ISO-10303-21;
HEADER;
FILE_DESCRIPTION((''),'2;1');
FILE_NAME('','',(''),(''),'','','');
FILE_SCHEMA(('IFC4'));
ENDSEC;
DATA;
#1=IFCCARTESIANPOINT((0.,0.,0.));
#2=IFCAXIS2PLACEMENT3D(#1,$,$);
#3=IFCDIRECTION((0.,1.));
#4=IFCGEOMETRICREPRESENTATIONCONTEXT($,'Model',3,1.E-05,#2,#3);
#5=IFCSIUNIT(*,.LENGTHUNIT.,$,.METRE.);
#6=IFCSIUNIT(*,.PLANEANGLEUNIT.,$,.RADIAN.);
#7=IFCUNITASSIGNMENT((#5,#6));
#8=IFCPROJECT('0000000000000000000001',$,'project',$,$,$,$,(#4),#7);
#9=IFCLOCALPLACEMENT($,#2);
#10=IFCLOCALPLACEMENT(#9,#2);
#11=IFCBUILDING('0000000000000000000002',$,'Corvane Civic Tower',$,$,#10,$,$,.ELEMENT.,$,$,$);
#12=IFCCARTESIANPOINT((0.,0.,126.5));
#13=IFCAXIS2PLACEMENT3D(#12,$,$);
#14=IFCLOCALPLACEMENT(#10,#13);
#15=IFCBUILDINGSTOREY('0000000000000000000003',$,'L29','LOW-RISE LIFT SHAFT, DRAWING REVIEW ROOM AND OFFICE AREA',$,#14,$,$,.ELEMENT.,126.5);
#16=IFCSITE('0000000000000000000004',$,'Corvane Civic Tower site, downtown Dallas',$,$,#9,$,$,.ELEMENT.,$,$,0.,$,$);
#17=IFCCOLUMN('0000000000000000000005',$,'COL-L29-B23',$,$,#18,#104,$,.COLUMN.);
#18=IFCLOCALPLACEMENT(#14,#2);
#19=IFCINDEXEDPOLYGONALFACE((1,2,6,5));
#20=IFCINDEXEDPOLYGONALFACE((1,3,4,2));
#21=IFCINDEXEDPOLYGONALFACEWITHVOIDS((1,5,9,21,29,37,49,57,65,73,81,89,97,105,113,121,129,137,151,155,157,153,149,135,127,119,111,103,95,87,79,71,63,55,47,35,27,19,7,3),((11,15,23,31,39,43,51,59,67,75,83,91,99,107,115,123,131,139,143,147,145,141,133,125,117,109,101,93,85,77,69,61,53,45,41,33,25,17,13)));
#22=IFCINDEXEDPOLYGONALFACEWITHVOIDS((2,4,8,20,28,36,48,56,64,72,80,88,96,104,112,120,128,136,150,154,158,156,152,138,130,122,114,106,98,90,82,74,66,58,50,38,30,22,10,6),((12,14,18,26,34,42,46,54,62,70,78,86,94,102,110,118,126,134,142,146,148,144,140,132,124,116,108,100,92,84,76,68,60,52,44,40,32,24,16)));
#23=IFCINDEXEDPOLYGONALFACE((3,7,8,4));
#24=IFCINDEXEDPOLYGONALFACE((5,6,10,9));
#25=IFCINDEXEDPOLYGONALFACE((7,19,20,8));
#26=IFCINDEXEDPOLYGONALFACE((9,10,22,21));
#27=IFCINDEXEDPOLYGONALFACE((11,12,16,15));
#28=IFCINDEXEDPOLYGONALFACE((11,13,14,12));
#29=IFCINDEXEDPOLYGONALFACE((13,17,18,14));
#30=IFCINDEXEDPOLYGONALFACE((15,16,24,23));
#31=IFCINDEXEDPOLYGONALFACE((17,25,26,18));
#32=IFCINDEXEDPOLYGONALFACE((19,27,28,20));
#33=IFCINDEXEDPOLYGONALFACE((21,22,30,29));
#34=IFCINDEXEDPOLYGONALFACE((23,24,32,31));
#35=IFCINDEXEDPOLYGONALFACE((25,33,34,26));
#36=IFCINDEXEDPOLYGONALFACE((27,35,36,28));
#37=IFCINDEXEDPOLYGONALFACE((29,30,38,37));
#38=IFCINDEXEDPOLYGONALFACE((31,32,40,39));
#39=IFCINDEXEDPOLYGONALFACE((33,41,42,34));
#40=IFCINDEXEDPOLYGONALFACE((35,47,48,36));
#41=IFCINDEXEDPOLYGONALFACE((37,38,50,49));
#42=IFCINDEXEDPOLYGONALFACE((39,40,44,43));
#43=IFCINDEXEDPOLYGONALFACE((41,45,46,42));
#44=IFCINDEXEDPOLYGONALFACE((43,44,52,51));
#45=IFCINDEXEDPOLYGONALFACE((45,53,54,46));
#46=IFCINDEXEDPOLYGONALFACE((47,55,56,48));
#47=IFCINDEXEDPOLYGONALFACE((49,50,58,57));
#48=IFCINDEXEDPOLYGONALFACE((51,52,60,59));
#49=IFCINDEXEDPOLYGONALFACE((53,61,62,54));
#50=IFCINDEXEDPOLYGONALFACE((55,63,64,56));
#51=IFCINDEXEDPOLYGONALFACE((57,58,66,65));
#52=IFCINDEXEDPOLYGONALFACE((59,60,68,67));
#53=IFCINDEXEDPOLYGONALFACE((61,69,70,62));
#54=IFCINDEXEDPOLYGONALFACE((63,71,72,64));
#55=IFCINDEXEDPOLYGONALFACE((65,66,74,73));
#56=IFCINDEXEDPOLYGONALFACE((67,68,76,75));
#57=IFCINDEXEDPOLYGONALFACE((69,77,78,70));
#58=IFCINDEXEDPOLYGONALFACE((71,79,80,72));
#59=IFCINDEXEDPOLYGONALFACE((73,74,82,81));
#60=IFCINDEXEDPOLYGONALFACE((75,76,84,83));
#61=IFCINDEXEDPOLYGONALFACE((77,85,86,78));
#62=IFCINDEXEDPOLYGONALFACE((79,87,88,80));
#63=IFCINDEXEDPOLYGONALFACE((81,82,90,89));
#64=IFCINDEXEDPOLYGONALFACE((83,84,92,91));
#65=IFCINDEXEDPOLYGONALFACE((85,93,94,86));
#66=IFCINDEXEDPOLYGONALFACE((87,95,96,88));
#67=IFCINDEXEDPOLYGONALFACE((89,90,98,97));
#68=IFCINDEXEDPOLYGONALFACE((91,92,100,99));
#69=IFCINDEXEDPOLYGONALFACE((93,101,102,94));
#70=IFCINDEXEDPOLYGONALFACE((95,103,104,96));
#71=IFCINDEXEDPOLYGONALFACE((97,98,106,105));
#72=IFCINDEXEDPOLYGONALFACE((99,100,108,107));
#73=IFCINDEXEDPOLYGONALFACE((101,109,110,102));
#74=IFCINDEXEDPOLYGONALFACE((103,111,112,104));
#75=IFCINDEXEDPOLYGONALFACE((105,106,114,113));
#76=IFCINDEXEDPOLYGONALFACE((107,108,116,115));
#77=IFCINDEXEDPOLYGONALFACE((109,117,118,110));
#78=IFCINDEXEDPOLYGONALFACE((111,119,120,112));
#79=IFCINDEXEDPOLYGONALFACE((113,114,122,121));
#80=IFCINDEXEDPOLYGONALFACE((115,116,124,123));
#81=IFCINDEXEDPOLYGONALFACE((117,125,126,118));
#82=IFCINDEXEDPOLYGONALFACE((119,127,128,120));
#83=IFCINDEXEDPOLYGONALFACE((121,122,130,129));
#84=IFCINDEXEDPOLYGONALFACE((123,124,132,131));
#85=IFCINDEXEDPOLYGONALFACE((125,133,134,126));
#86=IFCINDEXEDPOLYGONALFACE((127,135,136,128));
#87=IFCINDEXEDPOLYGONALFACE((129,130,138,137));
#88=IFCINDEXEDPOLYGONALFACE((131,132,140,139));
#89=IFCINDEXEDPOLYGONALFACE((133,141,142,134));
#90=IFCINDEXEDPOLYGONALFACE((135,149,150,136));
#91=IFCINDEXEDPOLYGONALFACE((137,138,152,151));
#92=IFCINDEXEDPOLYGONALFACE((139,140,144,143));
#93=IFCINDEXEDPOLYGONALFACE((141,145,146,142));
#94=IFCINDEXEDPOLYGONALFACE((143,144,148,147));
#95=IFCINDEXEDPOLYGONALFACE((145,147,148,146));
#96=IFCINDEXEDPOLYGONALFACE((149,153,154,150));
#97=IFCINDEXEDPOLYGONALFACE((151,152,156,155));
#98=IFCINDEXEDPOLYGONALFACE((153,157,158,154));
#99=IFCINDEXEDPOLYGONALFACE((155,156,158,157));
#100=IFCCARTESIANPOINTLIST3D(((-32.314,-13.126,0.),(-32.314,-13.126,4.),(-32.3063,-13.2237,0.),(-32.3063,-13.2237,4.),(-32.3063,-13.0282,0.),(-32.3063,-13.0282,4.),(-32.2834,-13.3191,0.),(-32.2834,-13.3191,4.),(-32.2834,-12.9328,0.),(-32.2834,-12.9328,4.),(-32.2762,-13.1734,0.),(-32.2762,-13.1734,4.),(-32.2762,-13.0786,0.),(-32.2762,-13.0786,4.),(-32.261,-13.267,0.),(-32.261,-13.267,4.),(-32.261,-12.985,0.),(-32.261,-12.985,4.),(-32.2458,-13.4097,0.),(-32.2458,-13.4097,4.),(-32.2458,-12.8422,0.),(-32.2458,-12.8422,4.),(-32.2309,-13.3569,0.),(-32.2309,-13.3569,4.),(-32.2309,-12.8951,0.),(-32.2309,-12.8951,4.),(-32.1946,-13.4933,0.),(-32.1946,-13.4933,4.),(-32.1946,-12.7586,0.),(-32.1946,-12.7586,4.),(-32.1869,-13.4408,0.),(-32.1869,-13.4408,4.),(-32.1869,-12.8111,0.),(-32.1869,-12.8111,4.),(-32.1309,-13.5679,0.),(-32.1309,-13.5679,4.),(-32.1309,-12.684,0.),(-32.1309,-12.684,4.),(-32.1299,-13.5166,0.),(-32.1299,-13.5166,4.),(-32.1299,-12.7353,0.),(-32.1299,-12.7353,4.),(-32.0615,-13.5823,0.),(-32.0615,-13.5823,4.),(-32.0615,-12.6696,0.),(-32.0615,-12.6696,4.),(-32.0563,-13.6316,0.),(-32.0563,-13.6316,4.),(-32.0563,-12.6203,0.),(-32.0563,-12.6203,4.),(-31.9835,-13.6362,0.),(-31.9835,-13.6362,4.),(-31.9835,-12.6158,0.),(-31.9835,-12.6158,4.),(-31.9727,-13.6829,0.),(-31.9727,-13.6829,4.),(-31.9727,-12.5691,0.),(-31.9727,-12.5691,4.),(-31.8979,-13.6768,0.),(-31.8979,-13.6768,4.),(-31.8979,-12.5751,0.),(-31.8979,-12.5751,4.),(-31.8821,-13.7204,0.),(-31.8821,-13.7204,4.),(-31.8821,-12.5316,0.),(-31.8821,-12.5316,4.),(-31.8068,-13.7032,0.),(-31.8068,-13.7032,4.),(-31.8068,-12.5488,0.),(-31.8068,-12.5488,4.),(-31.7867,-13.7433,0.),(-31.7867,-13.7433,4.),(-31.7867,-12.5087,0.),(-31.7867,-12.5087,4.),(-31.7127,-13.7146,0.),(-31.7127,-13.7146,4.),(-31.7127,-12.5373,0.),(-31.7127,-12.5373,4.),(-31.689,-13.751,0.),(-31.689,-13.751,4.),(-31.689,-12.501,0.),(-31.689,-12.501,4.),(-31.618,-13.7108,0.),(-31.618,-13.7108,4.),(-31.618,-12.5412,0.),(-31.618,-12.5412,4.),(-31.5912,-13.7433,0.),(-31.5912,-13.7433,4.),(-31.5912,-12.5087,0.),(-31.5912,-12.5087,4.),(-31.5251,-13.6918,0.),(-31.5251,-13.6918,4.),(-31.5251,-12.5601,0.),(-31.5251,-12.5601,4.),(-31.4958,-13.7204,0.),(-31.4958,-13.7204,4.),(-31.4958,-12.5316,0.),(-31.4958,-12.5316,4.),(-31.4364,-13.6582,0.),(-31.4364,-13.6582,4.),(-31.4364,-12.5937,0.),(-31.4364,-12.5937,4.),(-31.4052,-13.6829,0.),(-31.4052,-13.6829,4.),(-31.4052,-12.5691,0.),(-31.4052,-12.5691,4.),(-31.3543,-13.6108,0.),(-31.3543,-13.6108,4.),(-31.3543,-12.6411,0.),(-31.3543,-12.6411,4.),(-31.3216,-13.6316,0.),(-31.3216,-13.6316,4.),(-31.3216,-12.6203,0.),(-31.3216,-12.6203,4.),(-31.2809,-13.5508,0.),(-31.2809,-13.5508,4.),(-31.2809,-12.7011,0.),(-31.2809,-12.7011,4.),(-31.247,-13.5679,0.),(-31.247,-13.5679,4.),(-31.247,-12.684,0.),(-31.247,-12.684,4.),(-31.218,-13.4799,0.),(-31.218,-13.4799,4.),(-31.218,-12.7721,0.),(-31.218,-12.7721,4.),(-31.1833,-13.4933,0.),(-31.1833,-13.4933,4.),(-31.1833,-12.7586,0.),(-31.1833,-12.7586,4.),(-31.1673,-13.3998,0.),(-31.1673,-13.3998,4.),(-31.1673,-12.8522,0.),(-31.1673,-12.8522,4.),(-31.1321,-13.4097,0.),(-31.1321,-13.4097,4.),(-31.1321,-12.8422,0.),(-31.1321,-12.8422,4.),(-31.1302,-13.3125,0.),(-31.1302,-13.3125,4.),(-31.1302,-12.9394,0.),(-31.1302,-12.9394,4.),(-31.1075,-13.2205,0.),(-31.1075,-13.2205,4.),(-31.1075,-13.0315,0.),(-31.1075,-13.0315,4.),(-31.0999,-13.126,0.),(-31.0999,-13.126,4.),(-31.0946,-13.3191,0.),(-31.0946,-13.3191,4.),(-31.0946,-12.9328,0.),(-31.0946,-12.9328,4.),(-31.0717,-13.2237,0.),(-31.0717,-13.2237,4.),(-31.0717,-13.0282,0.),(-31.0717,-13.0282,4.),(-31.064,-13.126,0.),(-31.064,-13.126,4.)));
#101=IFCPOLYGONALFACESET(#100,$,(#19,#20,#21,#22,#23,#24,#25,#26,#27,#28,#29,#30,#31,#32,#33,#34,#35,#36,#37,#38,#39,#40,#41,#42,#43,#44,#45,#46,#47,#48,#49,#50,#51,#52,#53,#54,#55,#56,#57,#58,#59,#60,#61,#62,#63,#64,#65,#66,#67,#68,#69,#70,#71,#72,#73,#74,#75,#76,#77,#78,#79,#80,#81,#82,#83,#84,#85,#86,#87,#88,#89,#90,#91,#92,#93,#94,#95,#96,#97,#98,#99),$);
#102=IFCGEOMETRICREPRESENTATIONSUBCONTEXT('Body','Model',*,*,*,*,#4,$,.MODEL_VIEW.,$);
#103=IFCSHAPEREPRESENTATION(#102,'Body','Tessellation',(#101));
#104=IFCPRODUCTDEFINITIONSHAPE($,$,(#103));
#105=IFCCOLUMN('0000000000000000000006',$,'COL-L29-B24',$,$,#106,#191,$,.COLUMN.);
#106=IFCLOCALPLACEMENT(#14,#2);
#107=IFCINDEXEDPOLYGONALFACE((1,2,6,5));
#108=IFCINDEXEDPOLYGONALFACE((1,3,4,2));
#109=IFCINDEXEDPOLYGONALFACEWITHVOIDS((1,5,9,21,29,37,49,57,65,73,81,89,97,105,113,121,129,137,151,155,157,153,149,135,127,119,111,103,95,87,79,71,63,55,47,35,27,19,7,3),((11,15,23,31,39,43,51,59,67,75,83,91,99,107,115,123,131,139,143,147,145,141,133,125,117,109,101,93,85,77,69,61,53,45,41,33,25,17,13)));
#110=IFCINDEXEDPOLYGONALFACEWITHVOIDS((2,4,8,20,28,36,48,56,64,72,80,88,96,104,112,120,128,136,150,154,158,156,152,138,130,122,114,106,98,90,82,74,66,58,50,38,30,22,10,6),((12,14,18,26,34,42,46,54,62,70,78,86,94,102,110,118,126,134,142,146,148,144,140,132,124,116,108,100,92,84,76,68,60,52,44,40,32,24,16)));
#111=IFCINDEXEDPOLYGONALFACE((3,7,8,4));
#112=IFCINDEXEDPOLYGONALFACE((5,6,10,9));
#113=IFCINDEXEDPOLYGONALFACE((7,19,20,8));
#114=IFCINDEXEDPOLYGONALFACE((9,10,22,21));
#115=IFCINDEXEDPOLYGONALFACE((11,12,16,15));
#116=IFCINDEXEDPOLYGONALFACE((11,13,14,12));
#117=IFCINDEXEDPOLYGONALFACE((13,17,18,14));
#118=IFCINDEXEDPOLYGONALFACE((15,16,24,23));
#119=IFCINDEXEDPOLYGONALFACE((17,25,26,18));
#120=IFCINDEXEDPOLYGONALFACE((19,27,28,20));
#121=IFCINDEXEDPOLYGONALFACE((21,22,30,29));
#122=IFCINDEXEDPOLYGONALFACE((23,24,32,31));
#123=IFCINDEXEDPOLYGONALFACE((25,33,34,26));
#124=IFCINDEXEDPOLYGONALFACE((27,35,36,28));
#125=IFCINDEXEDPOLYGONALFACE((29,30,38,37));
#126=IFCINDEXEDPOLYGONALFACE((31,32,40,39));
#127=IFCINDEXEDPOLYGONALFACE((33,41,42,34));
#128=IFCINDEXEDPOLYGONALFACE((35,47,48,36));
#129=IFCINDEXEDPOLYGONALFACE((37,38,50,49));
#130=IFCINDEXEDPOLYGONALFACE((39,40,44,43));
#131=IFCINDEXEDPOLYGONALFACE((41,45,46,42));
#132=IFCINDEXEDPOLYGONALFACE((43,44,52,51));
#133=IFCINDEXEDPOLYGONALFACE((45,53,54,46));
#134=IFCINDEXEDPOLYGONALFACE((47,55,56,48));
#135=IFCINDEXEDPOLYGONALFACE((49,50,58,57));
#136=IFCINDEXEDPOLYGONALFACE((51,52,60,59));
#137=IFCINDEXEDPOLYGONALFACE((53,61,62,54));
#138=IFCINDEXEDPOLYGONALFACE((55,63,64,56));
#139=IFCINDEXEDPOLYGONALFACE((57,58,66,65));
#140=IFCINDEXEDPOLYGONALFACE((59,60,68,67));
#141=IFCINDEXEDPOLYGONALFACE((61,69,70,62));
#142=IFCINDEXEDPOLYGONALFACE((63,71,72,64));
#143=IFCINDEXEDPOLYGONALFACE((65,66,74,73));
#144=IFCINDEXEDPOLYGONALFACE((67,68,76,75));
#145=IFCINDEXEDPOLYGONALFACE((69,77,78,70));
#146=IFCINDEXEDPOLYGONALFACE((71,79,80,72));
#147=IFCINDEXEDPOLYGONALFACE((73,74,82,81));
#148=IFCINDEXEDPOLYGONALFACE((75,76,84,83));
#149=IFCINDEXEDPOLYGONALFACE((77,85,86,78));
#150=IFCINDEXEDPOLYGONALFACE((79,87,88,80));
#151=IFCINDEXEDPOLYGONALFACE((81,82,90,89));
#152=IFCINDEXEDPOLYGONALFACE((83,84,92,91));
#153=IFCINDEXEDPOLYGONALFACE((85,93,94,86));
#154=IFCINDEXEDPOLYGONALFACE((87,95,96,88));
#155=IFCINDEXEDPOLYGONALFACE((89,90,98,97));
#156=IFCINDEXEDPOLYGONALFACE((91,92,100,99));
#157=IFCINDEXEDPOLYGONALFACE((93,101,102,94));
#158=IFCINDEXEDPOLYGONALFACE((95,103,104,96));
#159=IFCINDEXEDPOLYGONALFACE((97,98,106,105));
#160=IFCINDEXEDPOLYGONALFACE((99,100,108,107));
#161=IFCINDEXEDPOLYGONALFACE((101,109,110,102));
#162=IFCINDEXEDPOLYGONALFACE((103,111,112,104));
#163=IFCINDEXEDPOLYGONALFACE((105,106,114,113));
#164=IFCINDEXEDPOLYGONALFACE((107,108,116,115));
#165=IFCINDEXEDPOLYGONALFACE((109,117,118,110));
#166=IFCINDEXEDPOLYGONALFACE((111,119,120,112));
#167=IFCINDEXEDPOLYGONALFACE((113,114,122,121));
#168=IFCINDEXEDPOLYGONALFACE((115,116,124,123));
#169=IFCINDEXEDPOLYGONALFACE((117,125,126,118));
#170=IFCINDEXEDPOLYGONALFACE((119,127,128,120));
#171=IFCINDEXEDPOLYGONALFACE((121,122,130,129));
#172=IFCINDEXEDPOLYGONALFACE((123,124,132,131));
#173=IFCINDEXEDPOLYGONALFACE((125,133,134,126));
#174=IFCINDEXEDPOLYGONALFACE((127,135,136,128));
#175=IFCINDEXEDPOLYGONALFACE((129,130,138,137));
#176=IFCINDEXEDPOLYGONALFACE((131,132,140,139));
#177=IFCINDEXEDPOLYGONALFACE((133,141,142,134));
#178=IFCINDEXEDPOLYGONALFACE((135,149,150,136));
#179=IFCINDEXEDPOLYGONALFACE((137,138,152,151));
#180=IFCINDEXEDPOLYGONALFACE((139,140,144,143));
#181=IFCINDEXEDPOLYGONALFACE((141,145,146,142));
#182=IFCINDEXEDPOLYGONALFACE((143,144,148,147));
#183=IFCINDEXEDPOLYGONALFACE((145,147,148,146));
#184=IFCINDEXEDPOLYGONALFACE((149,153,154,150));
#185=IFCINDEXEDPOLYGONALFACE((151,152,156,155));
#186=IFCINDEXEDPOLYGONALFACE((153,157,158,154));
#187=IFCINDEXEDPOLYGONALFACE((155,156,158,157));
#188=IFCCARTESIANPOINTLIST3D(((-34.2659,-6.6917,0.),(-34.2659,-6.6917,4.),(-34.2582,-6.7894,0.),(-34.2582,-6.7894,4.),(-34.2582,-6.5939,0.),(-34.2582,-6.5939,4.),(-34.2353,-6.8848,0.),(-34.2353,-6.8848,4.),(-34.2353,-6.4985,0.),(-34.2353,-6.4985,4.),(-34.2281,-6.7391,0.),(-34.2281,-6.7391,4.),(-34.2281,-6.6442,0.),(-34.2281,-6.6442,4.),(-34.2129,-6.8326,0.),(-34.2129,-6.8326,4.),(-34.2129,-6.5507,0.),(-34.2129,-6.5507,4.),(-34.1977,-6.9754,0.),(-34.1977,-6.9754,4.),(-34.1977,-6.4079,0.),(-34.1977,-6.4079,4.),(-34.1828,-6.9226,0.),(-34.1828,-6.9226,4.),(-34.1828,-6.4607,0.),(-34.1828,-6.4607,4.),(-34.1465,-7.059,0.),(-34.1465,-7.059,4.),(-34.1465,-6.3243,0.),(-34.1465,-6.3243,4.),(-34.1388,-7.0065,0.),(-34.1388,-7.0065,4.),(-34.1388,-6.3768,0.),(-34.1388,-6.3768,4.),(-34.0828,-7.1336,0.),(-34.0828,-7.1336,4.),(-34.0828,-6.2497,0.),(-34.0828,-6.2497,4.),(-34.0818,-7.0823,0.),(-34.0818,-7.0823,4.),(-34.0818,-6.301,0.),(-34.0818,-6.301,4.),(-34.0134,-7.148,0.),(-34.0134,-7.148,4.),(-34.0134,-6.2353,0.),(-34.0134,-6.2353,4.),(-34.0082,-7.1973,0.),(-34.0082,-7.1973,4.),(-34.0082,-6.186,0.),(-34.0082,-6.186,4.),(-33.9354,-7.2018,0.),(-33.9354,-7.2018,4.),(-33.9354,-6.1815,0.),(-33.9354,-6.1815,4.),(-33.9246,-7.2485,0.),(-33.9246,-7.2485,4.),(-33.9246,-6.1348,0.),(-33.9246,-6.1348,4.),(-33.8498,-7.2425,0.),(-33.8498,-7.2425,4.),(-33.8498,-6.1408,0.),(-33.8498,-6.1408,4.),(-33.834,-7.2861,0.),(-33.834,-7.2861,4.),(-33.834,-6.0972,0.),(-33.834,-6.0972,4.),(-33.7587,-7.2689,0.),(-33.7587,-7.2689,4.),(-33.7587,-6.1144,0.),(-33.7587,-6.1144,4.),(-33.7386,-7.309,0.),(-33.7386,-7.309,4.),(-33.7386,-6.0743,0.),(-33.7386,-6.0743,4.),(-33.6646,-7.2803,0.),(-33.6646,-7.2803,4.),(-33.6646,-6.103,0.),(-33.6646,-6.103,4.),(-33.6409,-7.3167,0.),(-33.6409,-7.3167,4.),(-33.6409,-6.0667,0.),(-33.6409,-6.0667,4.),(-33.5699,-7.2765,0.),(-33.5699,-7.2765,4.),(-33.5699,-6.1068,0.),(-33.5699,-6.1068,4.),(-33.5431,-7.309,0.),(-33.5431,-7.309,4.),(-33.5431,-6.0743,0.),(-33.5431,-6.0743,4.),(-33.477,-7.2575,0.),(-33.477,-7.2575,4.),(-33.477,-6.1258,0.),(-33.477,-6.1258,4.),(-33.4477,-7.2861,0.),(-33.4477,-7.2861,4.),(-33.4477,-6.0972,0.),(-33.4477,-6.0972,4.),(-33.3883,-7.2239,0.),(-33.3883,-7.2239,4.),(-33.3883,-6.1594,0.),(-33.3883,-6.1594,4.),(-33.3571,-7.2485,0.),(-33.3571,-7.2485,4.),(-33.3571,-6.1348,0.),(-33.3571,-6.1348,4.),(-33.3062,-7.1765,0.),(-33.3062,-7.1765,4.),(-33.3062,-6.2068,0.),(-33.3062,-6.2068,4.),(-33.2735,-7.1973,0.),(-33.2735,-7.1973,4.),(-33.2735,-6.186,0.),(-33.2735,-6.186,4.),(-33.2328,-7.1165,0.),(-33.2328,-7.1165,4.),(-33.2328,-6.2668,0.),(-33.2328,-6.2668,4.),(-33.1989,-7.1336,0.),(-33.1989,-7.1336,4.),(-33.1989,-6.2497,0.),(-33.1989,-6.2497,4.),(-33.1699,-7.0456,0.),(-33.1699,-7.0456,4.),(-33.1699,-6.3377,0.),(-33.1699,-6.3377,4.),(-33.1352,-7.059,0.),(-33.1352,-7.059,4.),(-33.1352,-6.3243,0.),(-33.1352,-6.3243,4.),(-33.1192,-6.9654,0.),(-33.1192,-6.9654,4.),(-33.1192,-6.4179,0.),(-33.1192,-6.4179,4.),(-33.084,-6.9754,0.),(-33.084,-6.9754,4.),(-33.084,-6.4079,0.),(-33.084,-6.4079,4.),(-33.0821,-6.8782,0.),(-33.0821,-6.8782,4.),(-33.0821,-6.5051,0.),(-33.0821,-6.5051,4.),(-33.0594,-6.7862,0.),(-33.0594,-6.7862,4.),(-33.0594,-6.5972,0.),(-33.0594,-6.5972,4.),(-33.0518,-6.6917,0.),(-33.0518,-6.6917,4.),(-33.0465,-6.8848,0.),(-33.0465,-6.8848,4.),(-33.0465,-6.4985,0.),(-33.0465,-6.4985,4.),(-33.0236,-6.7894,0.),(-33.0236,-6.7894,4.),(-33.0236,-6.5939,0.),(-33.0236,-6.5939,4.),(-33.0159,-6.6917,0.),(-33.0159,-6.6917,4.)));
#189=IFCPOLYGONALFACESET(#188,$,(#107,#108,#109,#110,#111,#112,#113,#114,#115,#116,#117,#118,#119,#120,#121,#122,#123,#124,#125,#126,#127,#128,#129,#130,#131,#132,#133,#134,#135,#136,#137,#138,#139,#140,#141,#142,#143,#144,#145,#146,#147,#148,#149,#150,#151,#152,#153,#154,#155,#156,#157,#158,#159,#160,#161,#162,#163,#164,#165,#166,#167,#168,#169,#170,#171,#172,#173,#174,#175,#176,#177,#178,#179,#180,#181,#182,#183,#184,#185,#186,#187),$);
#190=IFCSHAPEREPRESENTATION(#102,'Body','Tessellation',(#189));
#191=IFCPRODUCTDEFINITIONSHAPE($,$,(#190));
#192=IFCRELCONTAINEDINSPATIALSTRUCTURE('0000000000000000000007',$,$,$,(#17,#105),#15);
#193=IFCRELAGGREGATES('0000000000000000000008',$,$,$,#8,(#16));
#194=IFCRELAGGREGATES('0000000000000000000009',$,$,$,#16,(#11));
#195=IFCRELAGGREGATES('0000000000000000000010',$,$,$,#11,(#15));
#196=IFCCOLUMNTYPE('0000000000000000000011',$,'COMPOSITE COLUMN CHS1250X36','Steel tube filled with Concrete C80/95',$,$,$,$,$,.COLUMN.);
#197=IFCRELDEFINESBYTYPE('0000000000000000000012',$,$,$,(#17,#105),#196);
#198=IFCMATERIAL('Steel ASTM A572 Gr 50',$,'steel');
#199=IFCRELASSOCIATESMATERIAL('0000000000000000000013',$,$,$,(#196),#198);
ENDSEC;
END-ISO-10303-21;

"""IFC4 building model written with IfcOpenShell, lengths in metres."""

from ifc_helpers import new_model, si_unit, direction, frame, origin, origin_2d, place, context, subcontext, project, spatial, hollow_circle, extrude, material, material_profile, profile_set, type_object, element, save


model = new_model("IFC4")

# Units and contexts
model_context = context("Model", 3, precision=1e-05, world=origin(), true_north=direction((0.0, 1.0)))
body_context = subcontext(model_context, "Body", "Model", "MODEL_VIEW")
ifc_project = project(units=[si_unit("LENGTHUNIT", "METRE"), si_unit("PLANEANGLEUNIT", "RADIAN")], contexts=[model_context])

# Site, building, storey
site_placement = place(None, origin())
site = spatial("IfcSite", under=ifc_project, at=site_placement, Name="Corvane Civic Tower site, downtown Dallas", CompositionType="ELEMENT", RefElevation=0.0)
building_placement = place(site_placement, origin())
building = spatial("IfcBuilding", under=site, at=building_placement, Name="Corvane Civic Tower", CompositionType="ELEMENT")
storey_placement = place(building_placement, frame((0.0, 0.0, 126.5)))
storey = spatial("IfcBuildingStorey", under=building, at=storey_placement, Name="L29", Description="LOW-RISE LIFT SHAFT, DRAWING REVIEW ROOM AND OFFICE AREA", CompositionType="ELEMENT", Elevation=126.5)

# Columns
ifc_material_1 = material(Name="Steel ASTM A572 Gr 50", Category="steel")
ifc_material_profile_1 = material_profile(ifc_material_1, hollow_circle(Radius=0.625, WallThickness=0.0359, at=origin_2d()), Name="CHS1250X36")
ifc_profile_set_1 = profile_set([ifc_material_profile_1], Name="Steel ASTM A572 Gr 50")
column_type = type_object("IfcColumnType", Name="COMPOSITE COLUMN CHS1250X36", Description="Steel tube filled with Concrete C80/95", PredefinedType="COLUMN", material=ifc_profile_set_1)
for number, where, z_axis, x_axis, name in (
    (1, (-31.689, -13.126, 0.0), (0.0, 0.0, 1.0), (1.0, 0.0, 0.0), "COL-L29-B23"),
    (2, (-33.6409, -6.6917, 0.0), (0.0, 0.0, 1.0), (1.0, 0.0, 0.0), "COL-L29-B24"),
):
    element("IfcColumn", number, at=place(storey_placement, frame(where, z_axis=z_axis, x_axis=x_axis)), inside=storey, type_object=column_type, Name=name, PredefinedType="COLUMN", context=body_context, shape_type="SweptSolid", body=[
        extrude(hollow_circle(Radius=0.625, WallThickness=0.0359, at=origin_2d()), origin(), (0.0, 0.0, 1.0), 4.0),
    ])

save(model, "model.ifc")
